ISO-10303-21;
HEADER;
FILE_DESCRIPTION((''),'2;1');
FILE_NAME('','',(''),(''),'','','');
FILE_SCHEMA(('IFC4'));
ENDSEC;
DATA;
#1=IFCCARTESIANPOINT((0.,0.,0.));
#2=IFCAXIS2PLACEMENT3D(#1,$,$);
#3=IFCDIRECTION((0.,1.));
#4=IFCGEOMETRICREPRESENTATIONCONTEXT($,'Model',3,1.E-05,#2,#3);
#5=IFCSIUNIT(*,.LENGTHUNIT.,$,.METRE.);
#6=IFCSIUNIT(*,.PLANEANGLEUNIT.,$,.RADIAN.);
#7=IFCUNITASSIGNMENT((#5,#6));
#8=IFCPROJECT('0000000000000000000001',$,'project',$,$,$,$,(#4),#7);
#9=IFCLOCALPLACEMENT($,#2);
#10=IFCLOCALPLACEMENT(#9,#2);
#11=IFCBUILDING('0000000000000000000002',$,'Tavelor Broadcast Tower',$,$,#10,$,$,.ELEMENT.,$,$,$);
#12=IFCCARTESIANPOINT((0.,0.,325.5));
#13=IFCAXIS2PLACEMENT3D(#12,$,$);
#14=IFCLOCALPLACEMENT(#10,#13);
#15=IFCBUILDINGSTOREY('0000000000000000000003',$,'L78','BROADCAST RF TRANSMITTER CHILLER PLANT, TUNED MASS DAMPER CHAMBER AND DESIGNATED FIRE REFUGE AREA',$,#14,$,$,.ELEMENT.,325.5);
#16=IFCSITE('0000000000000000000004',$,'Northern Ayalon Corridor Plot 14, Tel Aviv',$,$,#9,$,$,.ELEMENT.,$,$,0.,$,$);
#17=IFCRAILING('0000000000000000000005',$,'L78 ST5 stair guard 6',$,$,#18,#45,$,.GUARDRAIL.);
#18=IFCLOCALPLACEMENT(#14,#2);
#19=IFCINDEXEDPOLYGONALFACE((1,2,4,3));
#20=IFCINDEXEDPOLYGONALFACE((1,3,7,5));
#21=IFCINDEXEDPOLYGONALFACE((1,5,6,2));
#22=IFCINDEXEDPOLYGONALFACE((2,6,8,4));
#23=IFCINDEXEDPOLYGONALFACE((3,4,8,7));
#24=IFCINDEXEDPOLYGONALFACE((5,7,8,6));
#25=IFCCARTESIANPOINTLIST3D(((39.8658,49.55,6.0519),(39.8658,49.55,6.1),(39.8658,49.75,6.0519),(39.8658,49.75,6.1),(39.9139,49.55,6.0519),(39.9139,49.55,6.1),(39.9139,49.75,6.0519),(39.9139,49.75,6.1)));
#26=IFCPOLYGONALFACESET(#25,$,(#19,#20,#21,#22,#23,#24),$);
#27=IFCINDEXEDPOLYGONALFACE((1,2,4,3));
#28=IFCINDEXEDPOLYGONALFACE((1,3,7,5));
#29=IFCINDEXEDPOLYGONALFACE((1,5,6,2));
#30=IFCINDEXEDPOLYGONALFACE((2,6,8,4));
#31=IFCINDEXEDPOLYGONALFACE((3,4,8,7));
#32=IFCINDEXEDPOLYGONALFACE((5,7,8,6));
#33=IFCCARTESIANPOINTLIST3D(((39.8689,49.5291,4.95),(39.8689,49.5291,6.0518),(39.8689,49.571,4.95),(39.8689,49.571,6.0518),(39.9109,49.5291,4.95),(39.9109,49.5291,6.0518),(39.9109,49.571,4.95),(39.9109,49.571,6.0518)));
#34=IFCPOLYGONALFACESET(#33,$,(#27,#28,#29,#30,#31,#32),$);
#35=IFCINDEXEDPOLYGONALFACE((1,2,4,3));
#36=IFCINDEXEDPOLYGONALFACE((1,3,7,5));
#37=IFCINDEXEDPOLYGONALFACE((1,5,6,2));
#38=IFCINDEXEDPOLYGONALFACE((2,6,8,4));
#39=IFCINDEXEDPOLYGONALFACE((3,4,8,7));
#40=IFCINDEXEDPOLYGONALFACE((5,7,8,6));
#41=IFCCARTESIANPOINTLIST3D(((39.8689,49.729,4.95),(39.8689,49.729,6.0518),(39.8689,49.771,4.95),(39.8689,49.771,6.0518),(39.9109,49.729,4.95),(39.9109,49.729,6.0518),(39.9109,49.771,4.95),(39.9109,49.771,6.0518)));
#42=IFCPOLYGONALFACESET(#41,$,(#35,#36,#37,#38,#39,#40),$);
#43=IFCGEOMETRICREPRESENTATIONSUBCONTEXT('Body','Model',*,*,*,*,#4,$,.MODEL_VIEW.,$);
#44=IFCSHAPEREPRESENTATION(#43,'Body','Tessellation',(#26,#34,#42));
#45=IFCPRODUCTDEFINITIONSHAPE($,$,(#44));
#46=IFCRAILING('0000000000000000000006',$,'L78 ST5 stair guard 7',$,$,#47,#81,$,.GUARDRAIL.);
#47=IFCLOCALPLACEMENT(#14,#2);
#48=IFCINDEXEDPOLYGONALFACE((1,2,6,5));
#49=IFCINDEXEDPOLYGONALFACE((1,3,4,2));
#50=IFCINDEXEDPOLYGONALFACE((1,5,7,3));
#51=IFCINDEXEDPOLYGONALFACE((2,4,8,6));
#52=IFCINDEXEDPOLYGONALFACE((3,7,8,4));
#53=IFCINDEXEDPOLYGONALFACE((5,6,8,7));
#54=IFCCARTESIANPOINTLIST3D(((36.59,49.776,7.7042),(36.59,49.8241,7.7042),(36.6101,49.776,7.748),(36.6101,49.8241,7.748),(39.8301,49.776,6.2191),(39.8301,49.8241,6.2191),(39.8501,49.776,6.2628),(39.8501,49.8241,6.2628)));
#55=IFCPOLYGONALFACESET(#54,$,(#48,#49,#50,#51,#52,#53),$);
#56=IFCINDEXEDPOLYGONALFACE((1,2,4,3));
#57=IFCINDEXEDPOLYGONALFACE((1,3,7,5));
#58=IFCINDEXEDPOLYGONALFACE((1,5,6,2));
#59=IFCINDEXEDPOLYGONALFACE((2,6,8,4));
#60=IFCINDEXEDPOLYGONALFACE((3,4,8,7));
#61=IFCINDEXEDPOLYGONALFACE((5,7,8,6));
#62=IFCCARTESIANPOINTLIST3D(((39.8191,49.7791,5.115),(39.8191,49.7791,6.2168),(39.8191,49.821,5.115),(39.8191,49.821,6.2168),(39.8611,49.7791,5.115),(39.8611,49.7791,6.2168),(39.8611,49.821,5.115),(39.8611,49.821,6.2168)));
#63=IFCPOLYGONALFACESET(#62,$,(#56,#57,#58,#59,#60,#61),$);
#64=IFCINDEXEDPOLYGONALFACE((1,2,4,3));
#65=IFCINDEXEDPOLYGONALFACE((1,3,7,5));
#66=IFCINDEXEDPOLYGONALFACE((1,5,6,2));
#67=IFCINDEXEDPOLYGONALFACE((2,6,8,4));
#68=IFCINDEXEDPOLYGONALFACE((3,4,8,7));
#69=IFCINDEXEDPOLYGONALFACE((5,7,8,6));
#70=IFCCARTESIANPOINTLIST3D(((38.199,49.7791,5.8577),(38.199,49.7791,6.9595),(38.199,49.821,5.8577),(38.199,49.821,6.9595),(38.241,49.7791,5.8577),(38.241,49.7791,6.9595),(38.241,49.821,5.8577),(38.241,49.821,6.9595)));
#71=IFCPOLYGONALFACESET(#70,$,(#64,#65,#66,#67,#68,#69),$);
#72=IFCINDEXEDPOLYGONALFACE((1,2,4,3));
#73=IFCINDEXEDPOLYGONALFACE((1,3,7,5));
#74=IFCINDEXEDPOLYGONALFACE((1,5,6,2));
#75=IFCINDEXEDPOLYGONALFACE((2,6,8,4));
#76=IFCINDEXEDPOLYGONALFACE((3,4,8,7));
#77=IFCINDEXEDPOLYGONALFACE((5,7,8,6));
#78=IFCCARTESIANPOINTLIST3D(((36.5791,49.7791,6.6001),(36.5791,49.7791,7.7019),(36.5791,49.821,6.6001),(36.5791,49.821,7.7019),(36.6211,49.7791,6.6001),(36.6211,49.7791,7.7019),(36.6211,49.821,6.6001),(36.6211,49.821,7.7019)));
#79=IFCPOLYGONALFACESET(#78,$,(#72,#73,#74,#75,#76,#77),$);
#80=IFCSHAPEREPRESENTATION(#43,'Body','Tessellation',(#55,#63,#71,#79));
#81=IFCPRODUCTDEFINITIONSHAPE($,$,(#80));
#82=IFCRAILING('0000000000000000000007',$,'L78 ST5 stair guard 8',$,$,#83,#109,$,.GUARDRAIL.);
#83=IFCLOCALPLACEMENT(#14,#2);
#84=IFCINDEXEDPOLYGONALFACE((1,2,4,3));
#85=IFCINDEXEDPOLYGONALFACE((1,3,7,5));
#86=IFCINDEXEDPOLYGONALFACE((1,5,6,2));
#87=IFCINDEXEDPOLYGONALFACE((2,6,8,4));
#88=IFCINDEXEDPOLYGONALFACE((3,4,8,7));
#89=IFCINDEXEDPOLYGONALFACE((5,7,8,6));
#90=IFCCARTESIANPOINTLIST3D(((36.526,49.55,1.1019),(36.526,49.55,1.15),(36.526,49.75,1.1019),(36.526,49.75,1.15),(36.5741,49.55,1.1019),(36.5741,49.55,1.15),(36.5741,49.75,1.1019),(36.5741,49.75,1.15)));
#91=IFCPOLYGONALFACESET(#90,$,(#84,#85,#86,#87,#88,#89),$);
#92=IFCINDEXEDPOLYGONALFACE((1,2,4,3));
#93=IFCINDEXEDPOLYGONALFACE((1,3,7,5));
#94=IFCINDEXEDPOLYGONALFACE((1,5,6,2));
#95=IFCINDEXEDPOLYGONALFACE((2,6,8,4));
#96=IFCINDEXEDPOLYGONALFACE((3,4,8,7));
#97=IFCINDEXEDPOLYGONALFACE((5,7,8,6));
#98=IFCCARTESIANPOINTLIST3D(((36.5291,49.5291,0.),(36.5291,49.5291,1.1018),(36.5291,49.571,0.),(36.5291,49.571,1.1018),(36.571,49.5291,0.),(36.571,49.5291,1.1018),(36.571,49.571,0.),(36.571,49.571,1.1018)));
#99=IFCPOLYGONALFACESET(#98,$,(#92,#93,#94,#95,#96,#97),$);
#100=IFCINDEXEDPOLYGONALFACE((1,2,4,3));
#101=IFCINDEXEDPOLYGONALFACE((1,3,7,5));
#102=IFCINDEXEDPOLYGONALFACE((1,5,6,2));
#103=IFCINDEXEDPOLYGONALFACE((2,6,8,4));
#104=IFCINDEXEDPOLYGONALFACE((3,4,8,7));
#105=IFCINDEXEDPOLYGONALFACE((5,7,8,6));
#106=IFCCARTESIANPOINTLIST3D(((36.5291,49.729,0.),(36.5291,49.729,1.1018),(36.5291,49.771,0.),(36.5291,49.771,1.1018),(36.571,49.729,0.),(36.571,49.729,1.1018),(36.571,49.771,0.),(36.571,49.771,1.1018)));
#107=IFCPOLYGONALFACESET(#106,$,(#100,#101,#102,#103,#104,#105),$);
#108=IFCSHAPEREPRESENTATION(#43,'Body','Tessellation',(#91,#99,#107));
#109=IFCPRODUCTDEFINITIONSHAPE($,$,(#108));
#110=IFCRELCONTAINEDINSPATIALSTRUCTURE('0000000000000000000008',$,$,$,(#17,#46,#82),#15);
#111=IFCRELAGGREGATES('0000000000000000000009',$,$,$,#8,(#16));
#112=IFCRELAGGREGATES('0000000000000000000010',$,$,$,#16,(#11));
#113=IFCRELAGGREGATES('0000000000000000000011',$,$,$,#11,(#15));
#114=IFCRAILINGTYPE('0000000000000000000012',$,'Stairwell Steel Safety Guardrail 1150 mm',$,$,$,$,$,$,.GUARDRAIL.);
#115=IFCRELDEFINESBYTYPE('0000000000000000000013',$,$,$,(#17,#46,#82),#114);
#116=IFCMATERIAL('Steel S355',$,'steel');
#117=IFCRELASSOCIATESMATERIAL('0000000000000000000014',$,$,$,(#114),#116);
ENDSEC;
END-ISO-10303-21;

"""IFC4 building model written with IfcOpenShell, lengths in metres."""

from ifc_helpers import new_model, si_unit, direction, frame, origin, origin_2d, place, context, subcontext, project, spatial, rectangle, extrude, material, type_object, element, save


model = new_model("IFC4")

# Units and contexts
model_context = context("Model", 3, precision=1e-05, world=origin(), true_north=direction((0.0, 1.0)))
body_context = subcontext(model_context, "Body", "Model", "MODEL_VIEW")
ifc_project = project(units=[si_unit("LENGTHUNIT", "METRE"), si_unit("PLANEANGLEUNIT", "RADIAN")], contexts=[model_context])

# Site, building, storey
site_placement = place(None, origin())
site = spatial("IfcSite", under=ifc_project, at=site_placement, Name="Northern Ayalon Corridor Plot 14, Tel Aviv", CompositionType="ELEMENT", RefElevation=0.0)
building_placement = place(site_placement, origin())
building = spatial("IfcBuilding", under=site, at=building_placement, Name="Tavelor Broadcast Tower", CompositionType="ELEMENT")
storey_placement = place(building_placement, frame((0.0, 0.0, 325.5)))
storey = spatial("IfcBuildingStorey", under=building, at=storey_placement, Name="L78", Description="BROADCAST RF TRANSMITTER CHILLER PLANT, TUNED MASS DAMPER CHAMBER AND DESIGNATED FIRE REFUGE AREA", CompositionType="ELEMENT", Elevation=325.5)

# Shared definitions
ifc_material_1 = material(Name="Steel S355", Category="steel")

# Railings
railing_type_1 = type_object("IfcRailingType", Name="Stairwell Steel Safety Guardrail 1150 mm", PredefinedType="GUARDRAIL", material=ifc_material_1)
railing_1_placement = place(storey_placement, frame((39.8899, 49.55, 4.95)))
element("IfcRailing", 1, at=railing_1_placement, inside=storey, type_object=railing_type_1, Name="L78 ST5 stair guard 6", PredefinedType="GUARDRAIL", context=body_context, shape_type="SweptSolid", body=[
    extrude(rectangle(XDim=0.0481, YDim=0.0481, at=origin_2d()), frame((0.0, 0.0, 1.126), z_axis=(0.0, 1.0, 0.0), x_axis=(-1.0, 0.0, 0.0)), (0.0, 0.0, 1.0), 0.2),
    extrude(rectangle(XDim=0.042, YDim=0.042, at=origin_2d()), origin(), (0.0, 0.0, 1.0), 1.1018),
    extrude(rectangle(XDim=0.042, YDim=0.042, at=origin_2d()), frame((0.0, 0.2, 0.0)), (0.0, 0.0, 1.0), 1.1018),
])
railing_2_placement = place(storey_placement, frame((39.8401, 49.8, 5.115)))
element("IfcRailing", 2, at=railing_2_placement, inside=storey, type_object=railing_type_1, Name="L78 ST5 stair guard 7", PredefinedType="GUARDRAIL", context=body_context, shape_type="SweptSolid", body=[
    extrude(rectangle(XDim=0.0481, YDim=0.0481, at=origin_2d()), frame((0.0, 0.0, 1.126), z_axis=(-0.909053, 0.0, 0.416681), x_axis=(0.0, -1.0, 0.0)), (0.0, 0.0, 1.0), 3.5642),
    extrude(rectangle(XDim=0.042, YDim=0.042, at=origin_2d()), origin(), (0.0, 0.0, 1.0), 1.1018),
    extrude(rectangle(XDim=0.042, YDim=0.042, at=origin_2d()), frame((-1.6201, 0.0, 0.7427)), (0.0, 0.0, 1.0), 1.1018),
    extrude(rectangle(XDim=0.042, YDim=0.042, at=origin_2d()), frame((-3.24, 0.0, 1.4851)), (0.0, 0.0, 1.0), 1.1018),
])
railing_3_placement = place(storey_placement, frame((36.55, 49.55, 0.0)))
element("IfcRailing", 3, at=railing_3_placement, inside=storey, type_object=railing_type_1, Name="L78 ST5 stair guard 8", PredefinedType="GUARDRAIL", context=body_context, shape_type="SweptSolid", body=[
    extrude(rectangle(XDim=0.0481, YDim=0.0481, at=origin_2d()), frame((0.0, 0.0, 1.126), z_axis=(0.0, 1.0, 0.0), x_axis=(-1.0, 0.0, 0.0)), (0.0, 0.0, 1.0), 0.2),
    extrude(rectangle(XDim=0.042, YDim=0.042, at=origin_2d()), origin(), (0.0, 0.0, 1.0), 1.1018),
    extrude(rectangle(XDim=0.042, YDim=0.042, at=origin_2d()), frame((0.0, 0.2, 0.0)), (0.0, 0.0, 1.0), 1.1018),
])

save(model, "model.ifc")
